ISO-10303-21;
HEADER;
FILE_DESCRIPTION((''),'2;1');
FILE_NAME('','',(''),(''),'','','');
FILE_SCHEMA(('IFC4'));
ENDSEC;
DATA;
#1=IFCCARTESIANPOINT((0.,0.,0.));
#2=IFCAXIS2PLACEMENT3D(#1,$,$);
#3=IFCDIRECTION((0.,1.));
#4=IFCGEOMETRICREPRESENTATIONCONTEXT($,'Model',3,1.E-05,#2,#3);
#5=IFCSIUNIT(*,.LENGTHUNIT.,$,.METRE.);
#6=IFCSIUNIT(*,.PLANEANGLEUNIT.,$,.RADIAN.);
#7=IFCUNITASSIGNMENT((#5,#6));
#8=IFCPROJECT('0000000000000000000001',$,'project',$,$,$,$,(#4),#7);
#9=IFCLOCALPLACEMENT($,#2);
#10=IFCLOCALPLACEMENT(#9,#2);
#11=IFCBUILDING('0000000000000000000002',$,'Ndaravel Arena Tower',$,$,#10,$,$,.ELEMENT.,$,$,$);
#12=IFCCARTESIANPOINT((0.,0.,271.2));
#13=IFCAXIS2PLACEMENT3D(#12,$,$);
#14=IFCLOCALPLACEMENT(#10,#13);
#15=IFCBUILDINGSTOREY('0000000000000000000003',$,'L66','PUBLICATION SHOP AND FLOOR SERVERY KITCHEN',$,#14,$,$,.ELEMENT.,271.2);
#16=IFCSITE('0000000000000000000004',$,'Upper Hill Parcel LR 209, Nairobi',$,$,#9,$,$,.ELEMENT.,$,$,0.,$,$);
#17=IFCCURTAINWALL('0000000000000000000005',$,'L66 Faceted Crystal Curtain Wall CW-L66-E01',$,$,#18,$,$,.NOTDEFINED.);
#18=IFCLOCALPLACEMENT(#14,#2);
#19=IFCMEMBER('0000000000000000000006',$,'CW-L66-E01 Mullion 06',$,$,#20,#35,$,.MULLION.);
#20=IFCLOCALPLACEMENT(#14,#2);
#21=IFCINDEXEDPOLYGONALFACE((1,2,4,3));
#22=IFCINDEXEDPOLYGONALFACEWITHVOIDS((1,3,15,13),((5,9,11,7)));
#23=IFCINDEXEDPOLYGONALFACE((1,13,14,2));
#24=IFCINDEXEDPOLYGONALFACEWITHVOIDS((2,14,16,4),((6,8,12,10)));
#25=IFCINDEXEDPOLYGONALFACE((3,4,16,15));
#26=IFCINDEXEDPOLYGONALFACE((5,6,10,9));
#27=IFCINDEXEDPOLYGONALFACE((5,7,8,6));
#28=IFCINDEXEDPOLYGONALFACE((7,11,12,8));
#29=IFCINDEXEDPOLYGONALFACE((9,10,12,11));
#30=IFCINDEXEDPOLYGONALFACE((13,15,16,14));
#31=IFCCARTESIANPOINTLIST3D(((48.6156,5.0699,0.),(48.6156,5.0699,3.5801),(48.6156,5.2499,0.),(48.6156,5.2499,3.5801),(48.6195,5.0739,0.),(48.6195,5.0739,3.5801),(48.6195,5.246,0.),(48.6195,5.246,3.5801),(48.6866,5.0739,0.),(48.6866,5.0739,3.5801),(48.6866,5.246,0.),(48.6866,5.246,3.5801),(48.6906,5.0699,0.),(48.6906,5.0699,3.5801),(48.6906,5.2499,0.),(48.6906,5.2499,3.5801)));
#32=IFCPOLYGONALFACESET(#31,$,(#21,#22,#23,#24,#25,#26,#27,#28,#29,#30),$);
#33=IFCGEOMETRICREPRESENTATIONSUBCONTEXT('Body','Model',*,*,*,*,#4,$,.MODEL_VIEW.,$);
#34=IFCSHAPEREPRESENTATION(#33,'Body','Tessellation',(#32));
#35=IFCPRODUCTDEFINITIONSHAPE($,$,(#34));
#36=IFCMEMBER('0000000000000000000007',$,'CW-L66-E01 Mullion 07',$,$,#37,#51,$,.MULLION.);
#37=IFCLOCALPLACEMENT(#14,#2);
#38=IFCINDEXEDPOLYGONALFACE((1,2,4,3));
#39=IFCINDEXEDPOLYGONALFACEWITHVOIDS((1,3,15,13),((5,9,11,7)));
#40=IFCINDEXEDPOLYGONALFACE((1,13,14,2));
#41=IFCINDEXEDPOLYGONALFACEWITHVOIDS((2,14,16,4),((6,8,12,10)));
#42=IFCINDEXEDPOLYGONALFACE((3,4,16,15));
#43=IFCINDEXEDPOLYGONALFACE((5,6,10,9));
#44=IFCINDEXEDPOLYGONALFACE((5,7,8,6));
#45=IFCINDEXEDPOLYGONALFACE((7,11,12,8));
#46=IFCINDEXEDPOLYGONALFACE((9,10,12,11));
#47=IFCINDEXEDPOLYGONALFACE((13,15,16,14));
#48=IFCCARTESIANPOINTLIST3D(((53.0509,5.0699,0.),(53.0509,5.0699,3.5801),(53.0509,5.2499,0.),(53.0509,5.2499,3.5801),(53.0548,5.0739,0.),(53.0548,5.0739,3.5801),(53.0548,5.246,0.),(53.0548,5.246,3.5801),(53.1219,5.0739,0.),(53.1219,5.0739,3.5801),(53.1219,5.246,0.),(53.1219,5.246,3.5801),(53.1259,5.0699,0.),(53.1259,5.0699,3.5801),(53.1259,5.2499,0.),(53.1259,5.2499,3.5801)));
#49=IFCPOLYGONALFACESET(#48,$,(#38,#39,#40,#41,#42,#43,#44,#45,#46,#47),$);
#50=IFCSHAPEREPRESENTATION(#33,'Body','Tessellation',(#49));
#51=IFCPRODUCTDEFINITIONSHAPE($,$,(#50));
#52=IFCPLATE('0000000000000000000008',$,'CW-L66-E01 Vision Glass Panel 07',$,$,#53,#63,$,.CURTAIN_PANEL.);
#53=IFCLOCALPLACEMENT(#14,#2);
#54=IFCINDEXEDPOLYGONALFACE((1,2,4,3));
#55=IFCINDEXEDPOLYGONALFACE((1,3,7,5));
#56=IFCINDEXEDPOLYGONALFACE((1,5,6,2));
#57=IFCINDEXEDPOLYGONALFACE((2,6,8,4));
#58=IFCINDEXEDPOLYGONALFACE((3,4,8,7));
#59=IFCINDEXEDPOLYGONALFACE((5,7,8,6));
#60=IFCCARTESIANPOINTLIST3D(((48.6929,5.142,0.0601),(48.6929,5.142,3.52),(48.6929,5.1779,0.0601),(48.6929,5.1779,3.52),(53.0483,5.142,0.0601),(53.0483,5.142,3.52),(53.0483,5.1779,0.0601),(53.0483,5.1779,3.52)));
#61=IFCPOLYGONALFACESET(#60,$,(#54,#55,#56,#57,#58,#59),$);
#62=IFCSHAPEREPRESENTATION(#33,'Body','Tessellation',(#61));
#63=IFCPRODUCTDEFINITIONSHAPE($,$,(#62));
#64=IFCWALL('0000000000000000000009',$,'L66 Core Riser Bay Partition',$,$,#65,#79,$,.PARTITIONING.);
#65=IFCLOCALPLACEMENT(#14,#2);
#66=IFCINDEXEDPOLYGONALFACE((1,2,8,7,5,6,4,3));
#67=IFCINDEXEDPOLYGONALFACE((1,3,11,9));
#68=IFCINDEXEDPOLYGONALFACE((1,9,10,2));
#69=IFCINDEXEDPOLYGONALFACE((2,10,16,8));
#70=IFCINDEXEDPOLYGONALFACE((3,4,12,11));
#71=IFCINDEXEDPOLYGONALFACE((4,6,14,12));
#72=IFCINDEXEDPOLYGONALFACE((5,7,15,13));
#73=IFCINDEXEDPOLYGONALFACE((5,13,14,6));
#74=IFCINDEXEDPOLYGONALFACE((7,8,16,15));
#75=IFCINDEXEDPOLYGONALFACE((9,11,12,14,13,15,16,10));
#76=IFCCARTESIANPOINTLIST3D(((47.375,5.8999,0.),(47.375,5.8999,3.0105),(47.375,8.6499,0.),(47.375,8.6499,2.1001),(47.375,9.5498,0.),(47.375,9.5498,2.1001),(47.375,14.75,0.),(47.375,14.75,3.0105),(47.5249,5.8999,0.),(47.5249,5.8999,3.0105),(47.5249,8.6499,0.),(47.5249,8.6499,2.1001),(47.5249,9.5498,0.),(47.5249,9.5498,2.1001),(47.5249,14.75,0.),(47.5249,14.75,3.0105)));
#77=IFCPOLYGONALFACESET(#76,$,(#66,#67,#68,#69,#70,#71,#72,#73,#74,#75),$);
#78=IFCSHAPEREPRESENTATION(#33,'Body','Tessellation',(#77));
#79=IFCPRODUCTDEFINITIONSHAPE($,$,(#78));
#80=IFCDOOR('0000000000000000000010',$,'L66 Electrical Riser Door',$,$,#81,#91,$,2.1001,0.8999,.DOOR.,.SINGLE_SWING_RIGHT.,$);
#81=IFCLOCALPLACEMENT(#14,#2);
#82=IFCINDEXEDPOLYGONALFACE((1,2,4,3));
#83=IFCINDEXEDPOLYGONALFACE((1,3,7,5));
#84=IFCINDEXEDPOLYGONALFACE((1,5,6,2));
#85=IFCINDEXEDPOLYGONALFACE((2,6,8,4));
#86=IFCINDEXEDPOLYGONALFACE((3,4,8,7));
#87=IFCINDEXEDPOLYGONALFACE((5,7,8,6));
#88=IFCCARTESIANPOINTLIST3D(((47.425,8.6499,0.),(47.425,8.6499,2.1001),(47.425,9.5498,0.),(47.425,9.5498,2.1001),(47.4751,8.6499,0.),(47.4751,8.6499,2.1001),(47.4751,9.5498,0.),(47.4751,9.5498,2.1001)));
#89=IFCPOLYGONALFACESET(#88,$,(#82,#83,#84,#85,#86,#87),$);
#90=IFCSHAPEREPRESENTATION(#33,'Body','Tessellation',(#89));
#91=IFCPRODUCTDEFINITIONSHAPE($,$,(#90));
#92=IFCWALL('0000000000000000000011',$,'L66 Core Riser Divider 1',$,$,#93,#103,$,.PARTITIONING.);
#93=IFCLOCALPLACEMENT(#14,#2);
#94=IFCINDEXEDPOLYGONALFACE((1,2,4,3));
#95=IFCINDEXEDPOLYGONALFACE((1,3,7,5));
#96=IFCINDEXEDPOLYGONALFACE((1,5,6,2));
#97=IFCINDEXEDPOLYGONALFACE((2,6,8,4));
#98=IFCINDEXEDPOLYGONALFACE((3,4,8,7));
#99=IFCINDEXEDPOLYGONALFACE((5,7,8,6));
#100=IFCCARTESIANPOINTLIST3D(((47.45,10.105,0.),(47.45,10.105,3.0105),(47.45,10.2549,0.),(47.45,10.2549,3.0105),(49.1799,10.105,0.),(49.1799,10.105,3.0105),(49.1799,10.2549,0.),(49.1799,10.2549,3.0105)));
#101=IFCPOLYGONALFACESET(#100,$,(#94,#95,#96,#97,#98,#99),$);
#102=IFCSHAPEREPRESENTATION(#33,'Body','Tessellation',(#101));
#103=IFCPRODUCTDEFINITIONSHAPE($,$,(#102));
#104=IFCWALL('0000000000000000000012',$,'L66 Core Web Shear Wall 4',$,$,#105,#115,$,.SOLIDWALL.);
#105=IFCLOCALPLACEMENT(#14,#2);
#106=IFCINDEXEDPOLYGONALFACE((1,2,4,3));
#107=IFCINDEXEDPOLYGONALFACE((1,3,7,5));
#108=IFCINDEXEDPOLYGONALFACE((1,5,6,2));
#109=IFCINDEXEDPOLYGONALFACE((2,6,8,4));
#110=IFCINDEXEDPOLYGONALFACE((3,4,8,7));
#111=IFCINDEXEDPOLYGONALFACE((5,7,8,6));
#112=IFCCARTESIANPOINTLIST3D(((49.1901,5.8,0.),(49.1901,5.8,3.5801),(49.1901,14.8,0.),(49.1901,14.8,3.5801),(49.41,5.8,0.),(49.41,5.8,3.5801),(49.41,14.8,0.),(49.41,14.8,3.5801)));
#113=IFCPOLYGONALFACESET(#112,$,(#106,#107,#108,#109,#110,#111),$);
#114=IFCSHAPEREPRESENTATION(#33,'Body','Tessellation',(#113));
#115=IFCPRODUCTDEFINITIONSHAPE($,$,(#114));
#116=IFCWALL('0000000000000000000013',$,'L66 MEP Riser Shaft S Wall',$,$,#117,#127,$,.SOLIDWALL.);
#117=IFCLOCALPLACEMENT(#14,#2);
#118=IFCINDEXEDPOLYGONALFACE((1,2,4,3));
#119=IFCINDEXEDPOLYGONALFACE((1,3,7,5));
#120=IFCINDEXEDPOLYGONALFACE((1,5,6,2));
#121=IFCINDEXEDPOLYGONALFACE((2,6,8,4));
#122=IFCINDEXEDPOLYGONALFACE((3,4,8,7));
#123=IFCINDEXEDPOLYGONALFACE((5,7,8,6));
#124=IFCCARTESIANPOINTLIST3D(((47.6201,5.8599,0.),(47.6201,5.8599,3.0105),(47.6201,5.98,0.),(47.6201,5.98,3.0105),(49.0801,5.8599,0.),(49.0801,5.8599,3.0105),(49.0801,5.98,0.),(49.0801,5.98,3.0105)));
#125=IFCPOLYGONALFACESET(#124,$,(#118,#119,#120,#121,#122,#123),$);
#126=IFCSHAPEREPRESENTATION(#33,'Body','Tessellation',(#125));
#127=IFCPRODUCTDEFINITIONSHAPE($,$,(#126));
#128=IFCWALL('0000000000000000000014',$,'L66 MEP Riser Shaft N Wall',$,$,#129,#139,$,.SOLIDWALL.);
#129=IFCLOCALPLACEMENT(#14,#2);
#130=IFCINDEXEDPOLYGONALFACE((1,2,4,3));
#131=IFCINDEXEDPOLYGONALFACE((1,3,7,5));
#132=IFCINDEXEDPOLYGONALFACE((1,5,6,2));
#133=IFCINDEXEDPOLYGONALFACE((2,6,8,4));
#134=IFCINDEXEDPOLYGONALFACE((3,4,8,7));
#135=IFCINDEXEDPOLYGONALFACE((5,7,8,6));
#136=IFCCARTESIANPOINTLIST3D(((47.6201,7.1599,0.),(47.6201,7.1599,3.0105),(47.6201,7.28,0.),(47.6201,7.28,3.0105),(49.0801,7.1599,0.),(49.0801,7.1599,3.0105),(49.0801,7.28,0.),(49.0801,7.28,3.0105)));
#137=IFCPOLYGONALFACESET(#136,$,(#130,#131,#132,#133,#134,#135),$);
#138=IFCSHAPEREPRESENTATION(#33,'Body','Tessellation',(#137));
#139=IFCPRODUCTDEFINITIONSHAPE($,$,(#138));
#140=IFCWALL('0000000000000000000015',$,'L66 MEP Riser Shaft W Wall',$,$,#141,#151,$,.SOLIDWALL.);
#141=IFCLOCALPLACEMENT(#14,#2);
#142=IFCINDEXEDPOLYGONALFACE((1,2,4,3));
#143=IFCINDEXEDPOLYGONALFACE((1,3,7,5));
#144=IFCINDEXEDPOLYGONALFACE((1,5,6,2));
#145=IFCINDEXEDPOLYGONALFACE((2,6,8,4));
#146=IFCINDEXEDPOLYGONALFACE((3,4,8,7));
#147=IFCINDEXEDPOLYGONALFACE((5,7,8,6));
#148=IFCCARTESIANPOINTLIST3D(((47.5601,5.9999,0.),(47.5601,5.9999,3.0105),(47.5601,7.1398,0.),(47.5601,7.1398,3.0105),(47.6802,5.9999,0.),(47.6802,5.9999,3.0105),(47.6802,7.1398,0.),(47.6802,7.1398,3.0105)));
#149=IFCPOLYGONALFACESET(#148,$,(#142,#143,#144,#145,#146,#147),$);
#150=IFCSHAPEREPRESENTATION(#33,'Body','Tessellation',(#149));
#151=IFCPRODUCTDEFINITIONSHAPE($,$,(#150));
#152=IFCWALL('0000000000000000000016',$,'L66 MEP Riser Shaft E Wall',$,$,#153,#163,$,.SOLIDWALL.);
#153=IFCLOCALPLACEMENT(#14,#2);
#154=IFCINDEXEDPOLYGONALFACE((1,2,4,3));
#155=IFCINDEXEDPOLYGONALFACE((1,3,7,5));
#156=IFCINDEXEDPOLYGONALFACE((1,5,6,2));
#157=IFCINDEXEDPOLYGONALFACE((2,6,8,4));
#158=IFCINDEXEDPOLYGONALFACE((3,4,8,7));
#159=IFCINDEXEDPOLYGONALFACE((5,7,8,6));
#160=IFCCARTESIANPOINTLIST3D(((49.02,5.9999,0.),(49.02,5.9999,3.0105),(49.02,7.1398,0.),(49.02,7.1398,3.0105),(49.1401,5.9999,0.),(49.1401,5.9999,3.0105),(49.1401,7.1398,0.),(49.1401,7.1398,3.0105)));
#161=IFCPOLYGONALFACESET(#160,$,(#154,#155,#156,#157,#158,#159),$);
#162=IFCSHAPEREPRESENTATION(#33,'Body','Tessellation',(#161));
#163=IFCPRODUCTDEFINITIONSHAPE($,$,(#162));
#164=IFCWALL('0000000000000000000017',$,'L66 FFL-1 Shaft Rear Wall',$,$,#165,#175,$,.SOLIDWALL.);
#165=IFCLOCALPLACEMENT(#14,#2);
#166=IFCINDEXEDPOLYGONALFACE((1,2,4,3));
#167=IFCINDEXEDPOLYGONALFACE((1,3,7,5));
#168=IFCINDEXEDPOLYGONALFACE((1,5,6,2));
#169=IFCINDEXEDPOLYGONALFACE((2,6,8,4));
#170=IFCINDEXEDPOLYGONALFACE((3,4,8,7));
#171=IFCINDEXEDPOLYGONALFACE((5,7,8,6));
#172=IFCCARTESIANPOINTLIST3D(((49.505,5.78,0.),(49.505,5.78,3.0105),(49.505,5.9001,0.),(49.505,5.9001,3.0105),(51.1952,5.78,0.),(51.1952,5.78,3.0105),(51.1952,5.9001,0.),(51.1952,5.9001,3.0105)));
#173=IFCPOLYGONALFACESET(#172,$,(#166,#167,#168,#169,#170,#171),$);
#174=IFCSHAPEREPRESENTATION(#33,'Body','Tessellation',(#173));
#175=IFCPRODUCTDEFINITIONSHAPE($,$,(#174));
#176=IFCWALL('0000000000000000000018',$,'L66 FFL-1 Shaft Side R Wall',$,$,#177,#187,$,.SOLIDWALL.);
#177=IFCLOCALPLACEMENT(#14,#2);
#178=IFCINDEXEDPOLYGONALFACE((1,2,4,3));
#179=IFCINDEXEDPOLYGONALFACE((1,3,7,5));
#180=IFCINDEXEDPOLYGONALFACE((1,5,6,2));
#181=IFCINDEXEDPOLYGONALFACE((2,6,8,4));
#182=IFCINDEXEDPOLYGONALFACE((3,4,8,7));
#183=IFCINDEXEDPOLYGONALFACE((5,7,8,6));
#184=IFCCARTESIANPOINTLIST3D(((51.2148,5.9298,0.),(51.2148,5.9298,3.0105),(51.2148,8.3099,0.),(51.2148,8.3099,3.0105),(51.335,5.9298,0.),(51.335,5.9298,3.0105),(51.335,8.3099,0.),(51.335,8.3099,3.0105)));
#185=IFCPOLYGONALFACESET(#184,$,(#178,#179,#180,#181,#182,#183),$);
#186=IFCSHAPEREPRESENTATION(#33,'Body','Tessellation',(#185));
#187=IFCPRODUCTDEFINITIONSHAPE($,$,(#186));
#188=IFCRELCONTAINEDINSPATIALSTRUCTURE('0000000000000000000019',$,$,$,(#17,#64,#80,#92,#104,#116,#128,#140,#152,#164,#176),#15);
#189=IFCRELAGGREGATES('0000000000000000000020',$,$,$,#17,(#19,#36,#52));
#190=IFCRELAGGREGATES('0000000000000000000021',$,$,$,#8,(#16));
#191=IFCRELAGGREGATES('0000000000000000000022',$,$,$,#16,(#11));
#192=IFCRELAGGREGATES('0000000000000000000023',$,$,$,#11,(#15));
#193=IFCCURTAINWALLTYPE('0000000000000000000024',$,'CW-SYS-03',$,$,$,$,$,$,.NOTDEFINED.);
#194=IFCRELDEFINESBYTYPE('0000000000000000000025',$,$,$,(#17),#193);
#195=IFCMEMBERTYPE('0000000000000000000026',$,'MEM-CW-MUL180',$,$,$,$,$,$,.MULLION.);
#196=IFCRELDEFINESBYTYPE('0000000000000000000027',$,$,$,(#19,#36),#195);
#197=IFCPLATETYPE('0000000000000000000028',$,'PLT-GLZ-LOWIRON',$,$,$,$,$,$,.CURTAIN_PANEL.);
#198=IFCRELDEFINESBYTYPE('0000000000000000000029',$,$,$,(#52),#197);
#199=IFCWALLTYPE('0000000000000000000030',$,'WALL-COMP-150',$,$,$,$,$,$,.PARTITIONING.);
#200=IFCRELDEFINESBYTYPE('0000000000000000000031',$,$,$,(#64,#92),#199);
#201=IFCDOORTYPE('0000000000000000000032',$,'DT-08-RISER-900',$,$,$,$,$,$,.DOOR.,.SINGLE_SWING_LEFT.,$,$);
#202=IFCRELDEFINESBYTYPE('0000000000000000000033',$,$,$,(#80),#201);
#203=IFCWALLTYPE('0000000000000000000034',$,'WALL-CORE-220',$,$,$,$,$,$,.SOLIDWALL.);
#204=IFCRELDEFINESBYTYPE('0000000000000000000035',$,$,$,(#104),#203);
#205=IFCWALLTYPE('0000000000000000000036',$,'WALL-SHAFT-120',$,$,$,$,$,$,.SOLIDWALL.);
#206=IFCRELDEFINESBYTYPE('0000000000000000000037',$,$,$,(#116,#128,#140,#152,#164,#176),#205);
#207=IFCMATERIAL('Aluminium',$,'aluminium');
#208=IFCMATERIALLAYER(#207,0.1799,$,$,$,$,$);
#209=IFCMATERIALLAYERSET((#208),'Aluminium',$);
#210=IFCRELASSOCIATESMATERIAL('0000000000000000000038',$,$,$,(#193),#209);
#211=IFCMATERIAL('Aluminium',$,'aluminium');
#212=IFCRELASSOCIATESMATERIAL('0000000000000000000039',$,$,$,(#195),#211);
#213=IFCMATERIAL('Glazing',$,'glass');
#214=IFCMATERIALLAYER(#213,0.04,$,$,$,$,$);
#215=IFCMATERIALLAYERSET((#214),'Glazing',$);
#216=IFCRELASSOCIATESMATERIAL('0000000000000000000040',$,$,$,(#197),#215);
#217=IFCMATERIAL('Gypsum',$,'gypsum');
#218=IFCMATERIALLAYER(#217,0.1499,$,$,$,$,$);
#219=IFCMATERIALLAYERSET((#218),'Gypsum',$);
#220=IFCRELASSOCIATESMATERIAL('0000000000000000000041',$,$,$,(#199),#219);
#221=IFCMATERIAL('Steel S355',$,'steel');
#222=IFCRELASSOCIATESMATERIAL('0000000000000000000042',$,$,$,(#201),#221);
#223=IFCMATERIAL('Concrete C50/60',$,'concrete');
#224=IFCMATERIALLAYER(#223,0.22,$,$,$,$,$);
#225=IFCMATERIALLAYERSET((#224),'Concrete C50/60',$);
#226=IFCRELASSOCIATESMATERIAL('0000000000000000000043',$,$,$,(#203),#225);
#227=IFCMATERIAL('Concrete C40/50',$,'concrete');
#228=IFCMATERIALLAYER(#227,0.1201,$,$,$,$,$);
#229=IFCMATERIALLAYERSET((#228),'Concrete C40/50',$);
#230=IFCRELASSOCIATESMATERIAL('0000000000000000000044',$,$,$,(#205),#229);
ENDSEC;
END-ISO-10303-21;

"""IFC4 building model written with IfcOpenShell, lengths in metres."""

from ifc_helpers import new_model, si_unit, direction, frame, frame_2d, origin, origin_2d, place, context, subcontext, project, spatial, rectangle, hollow_rectangle, extrude, material, layer, layer_set, material_profile, profile_set, type_object, element, fill, aggregate, save


model = new_model("IFC4")

# Units and contexts
model_context = context("Model", 3, precision=1e-05, world=origin(), true_north=direction((0.0, 1.0)))
body_context = subcontext(model_context, "Body", "Model", "MODEL_VIEW")
ifc_project = project(units=[si_unit("LENGTHUNIT", "METRE"), si_unit("PLANEANGLEUNIT", "RADIAN")], contexts=[model_context])

# Site, building, storey
site_placement = place(None, origin())
site = spatial("IfcSite", under=ifc_project, at=site_placement, Name="Upper Hill Parcel LR 209, Nairobi", CompositionType="ELEMENT", RefElevation=0.0)
building_placement = place(site_placement, origin())
building = spatial("IfcBuilding", under=site, at=building_placement, Name="Ndaravel Arena Tower", CompositionType="ELEMENT")
storey_placement = place(building_placement, frame((0.0, 0.0, 271.2)))
storey = spatial("IfcBuildingStorey", under=building, at=storey_placement, Name="L66", Description="PUBLICATION SHOP AND FLOOR SERVERY KITCHEN", CompositionType="ELEMENT", Elevation=271.2)

# Curtain wall, members, plate
ifc_material_1 = material(Name="Aluminium", Category="aluminium")
ifc_layer_1 = layer(ifc_material_1, 0.1799)
ifc_layer_set_1 = layer_set([ifc_layer_1], Name="Aluminium")
curtain_wall_type = type_object("IfcCurtainWallType", Name="CW-SYS-03", PredefinedType="NOTDEFINED", material=ifc_layer_set_1)
curtain_wall_placement = place(storey_placement, origin())
curtain_wall = element("IfcCurtainWall", 1, at=curtain_wall_placement, inside=storey, type_object=curtain_wall_type, Name="L66 Faceted Crystal Curtain Wall CW-L66-E01", PredefinedType="NOTDEFINED")
ifc_material_2 = material(Name="Aluminium", Category="aluminium")
ifc_material_profile = material_profile(ifc_material_2, hollow_rectangle(XDim=0.075, YDim=0.1799, WallThickness=0.0039, at=origin_2d()), Name="CW MULLION 75x180x4")
ifc_profile_set = profile_set([ifc_material_profile], Name="Aluminium")
member_type = type_object("IfcMemberType", Name="MEM-CW-MUL180", PredefinedType="MULLION", material=ifc_profile_set)
member_1_placement = place(storey_placement, frame((48.6531, 5.1599, 0.0), z_axis=(0.0, 0.0, 1.0), x_axis=(1.0, 0.0, 0.0)))
member_1 = element("IfcMember", 2, at=member_1_placement, type_object=member_type, Name="CW-L66-E01 Mullion 06", PredefinedType="MULLION", context=body_context, shape_type="SweptSolid", body=[
    extrude(hollow_rectangle(XDim=0.075, YDim=0.1799, WallThickness=0.0039, at=origin_2d()), origin(), (0.0, 0.0, 1.0), 3.5801),
])
member_2_placement = place(storey_placement, frame((53.0884, 5.1599, 0.0), z_axis=(0.0, 0.0, 1.0), x_axis=(1.0, 0.0, 0.0)))
member_2 = element("IfcMember", 3, at=member_2_placement, type_object=member_type, Name="CW-L66-E01 Mullion 07", PredefinedType="MULLION", context=body_context, shape_type="SweptSolid", body=[
    extrude(hollow_rectangle(XDim=0.075, YDim=0.1799, WallThickness=0.0039, at=origin_2d()), origin(), (0.0, 0.0, 1.0), 3.5801),
])
ifc_material_3 = material(Name="Glazing", Category="glass")
ifc_layer_2 = layer(ifc_material_3, 0.04)
ifc_layer_set_2 = layer_set([ifc_layer_2], Name="Glazing")
plate_type = type_object("IfcPlateType", Name="PLT-GLZ-LOWIRON", PredefinedType="CURTAIN_PANEL", material=ifc_layer_set_2)
plate_placement = place(storey_placement, frame((50.8706, 5.1599, 0.0601), z_axis=(0.0, 0.0, 1.0), x_axis=(1.0, 0.0, 0.0)))
plate = element("IfcPlate", 4, at=plate_placement, type_object=plate_type, Name="CW-L66-E01 Vision Glass Panel 07", PredefinedType="CURTAIN_PANEL", context=body_context, shape_type="SweptSolid", body=[
    extrude(rectangle(XDim=4.3555, YDim=0.0359, at=origin_2d()), origin(), (0.0, 0.0, 1.0), 3.46),
])
aggregate(curtain_wall, [member_1, member_2, plate])

# Wall, opening, door
ifc_material_4 = material(Name="Gypsum", Category="gypsum")
ifc_layer_3 = layer(ifc_material_4, 0.1499)
ifc_layer_set_3 = layer_set([ifc_layer_3], Name="Gypsum")
wall_type_1 = type_object("IfcWallType", Name="WALL-COMP-150", PredefinedType="PARTITIONING", material=ifc_layer_set_3)
wall_1_placement = place(storey_placement, frame((47.45, 5.8999, 0.0), z_axis=(0.0, 0.0, 1.0), x_axis=(0.0, 1.0, 0.0)))
wall_1 = element("IfcWall", 5, at=wall_1_placement, inside=storey, type_object=wall_type_1, Name="L66 Core Riser Bay Partition", PredefinedType="PARTITIONING", context=body_context, shape_type="SweptSolid", body=[
    extrude(rectangle(XDim=8.8501, YDim=0.1499, at=frame_2d((4.425, 0.0))), origin(), (0.0, 0.0, 1.0), 3.0105),
])
opening_1_placement = place(wall_1_placement, frame((2.75, 0.0, 0.0)))
opening_1 = element("IfcOpeningElement", 6, at=opening_1_placement, cuts=wall_1, PredefinedType="OPENING", context=body_context, shape_type="SweptSolid", body=[
    extrude(rectangle(XDim=0.8999, YDim=2.1001, at=frame_2d((0.45, 1.05))), frame((0.0, 0.075, 0.0), z_axis=(0.0, -1.0, 0.0), x_axis=(1.0, 0.0, 0.0)), (0.0, 0.0, 1.0), 0.1499),
])
ifc_material_5 = material(Name="Steel S355", Category="steel")
door_type_1 = type_object("IfcDoorType", Name="DT-08-RISER-900", OperationType="SINGLE_SWING_LEFT", PredefinedType="DOOR", material=ifc_material_5)
door_1_placement = place(opening_1_placement, origin())
door_1 = element("IfcDoor", 7, at=door_1_placement, inside=storey, type_object=door_type_1, Name="L66 Electrical Riser Door", OperationType="SINGLE_SWING_RIGHT", OverallHeight=2.1001, OverallWidth=0.8999, PredefinedType="DOOR", context=body_context, shape_type="SweptSolid", body=[
    extrude(rectangle(XDim=0.8999, YDim=2.1001, at=frame_2d((0.45, 1.05))), frame((0.0, 0.0249, 0.0), z_axis=(0.0, -1.0, 0.0), x_axis=(1.0, 0.0, 0.0)), (0.0, 0.0, 1.0), 0.05),
])
fill(opening_1, door_1)

# Walls
wall_2_placement = place(storey_placement, frame((47.45, 10.1799, 0.0), z_axis=(0.0, 0.0, 1.0), x_axis=(1.0, 0.0, 0.0)))
element("IfcWall", 8, at=wall_2_placement, inside=storey, type_object=wall_type_1, Name="L66 Core Riser Divider 1", PredefinedType="PARTITIONING", context=body_context, shape_type="SweptSolid", body=[
    extrude(rectangle(XDim=1.73, YDim=0.1499, at=frame_2d((0.865, 0.0))), origin(), (0.0, 0.0, 1.0), 3.0105),
])
ifc_material_6 = material(Name="Concrete C50/60", Category="concrete")
ifc_layer_4 = layer(ifc_material_6, 0.22)
ifc_layer_set_4 = layer_set([ifc_layer_4], Name="Concrete C50/60")
wall_type_2 = type_object("IfcWallType", Name="WALL-CORE-220", PredefinedType="SOLIDWALL", material=ifc_layer_set_4)
wall_3_placement = place(storey_placement, frame((49.3, 5.8, 0.0), z_axis=(0.0, 0.0, 1.0), x_axis=(0.0, 1.0, 0.0)))
element("IfcWall", 9, at=wall_3_placement, inside=storey, type_object=wall_type_2, Name="L66 Core Web Shear Wall 4", PredefinedType="SOLIDWALL", context=body_context, shape_type="SweptSolid", body=[
    extrude(rectangle(XDim=9.0, YDim=0.22, at=frame_2d((4.5, 0.0))), origin(), (0.0, 0.0, 1.0), 3.5801),
])
ifc_material_7 = material(Name="Concrete C40/50", Category="concrete")
ifc_layer_5 = layer(ifc_material_7, 0.1201)
ifc_layer_set_5 = layer_set([ifc_layer_5], Name="Concrete C40/50")
wall_type_3 = type_object("IfcWallType", Name="WALL-SHAFT-120", PredefinedType="SOLIDWALL", material=ifc_layer_set_5)
for number, where, z_axis, x_axis, name in (
    (10, (47.6201, 5.9199, 0.0), (0.0, 0.0, 1.0), (1.0, 0.0, 0.0), "L66 MEP Riser Shaft S Wall"),
    (11, (47.6201, 7.22, 0.0), (0.0, 0.0, 1.0), (1.0, 0.0, 0.0), "L66 MEP Riser Shaft N Wall"),
):
    element("IfcWall", number, at=place(storey_placement, frame(where, z_axis=z_axis, x_axis=x_axis)), inside=storey, type_object=wall_type_3, Name=name, PredefinedType="SOLIDWALL", context=body_context, shape_type="SweptSolid", body=[
        extrude(rectangle(XDim=1.46, YDim=0.1201, at=frame_2d((0.73, 0.0))), origin(), (0.0, 0.0, 1.0), 3.0105),
    ])
for number, where, z_axis, x_axis, name in (
    (12, (47.6201, 6.0, 0.0), (0.0, 0.0, 1.0), (0.0, 1.0, 0.0), "L66 MEP Riser Shaft W Wall"),
    (13, (49.0801, 6.0, 0.0), (0.0, 0.0, 1.0), (0.0, 1.0, 0.0), "L66 MEP Riser Shaft E Wall"),
):
    element("IfcWall", number, at=place(storey_placement, frame(where, z_axis=z_axis, x_axis=x_axis)), inside=storey, type_object=wall_type_3, Name=name, PredefinedType="SOLIDWALL", context=body_context, shape_type="SweptSolid", body=[
        extrude(rectangle(XDim=1.1399, YDim=0.1201, at=frame_2d((0.5698, 0.0))), origin(), (0.0, 0.0, 1.0), 3.0105),
    ])
wall_4_placement = place(storey_placement, frame((49.5049, 5.8401, 0.0), z_axis=(0.0, 0.0, 1.0), x_axis=(1.0, 0.0, 0.0)))
element("IfcWall", 14, at=wall_4_placement, inside=storey, type_object=wall_type_3, Name="L66 FFL-1 Shaft Rear Wall", PredefinedType="SOLIDWALL", context=body_context, shape_type="SweptSolid", body=[
    extrude(rectangle(XDim=1.6902, YDim=0.1201, at=frame_2d((0.8452, 0.0))), origin(), (0.0, 0.0, 1.0), 3.0105),
])
wall_5_placement = place(storey_placement, frame((51.2749, 5.9299, 0.0), z_axis=(0.0, 0.0, 1.0), x_axis=(0.0, 1.0, 0.0)))
element("IfcWall", 15, at=wall_5_placement, inside=storey, type_object=wall_type_3, Name="L66 FFL-1 Shaft Side R Wall", PredefinedType="SOLIDWALL", context=body_context, shape_type="SweptSolid", body=[
    extrude(rectangle(XDim=2.3801, YDim=0.1201, at=frame_2d((1.1899, 0.0))), origin(), (0.0, 0.0, 1.0), 3.0105),
])

save(model, "model.ifc")
